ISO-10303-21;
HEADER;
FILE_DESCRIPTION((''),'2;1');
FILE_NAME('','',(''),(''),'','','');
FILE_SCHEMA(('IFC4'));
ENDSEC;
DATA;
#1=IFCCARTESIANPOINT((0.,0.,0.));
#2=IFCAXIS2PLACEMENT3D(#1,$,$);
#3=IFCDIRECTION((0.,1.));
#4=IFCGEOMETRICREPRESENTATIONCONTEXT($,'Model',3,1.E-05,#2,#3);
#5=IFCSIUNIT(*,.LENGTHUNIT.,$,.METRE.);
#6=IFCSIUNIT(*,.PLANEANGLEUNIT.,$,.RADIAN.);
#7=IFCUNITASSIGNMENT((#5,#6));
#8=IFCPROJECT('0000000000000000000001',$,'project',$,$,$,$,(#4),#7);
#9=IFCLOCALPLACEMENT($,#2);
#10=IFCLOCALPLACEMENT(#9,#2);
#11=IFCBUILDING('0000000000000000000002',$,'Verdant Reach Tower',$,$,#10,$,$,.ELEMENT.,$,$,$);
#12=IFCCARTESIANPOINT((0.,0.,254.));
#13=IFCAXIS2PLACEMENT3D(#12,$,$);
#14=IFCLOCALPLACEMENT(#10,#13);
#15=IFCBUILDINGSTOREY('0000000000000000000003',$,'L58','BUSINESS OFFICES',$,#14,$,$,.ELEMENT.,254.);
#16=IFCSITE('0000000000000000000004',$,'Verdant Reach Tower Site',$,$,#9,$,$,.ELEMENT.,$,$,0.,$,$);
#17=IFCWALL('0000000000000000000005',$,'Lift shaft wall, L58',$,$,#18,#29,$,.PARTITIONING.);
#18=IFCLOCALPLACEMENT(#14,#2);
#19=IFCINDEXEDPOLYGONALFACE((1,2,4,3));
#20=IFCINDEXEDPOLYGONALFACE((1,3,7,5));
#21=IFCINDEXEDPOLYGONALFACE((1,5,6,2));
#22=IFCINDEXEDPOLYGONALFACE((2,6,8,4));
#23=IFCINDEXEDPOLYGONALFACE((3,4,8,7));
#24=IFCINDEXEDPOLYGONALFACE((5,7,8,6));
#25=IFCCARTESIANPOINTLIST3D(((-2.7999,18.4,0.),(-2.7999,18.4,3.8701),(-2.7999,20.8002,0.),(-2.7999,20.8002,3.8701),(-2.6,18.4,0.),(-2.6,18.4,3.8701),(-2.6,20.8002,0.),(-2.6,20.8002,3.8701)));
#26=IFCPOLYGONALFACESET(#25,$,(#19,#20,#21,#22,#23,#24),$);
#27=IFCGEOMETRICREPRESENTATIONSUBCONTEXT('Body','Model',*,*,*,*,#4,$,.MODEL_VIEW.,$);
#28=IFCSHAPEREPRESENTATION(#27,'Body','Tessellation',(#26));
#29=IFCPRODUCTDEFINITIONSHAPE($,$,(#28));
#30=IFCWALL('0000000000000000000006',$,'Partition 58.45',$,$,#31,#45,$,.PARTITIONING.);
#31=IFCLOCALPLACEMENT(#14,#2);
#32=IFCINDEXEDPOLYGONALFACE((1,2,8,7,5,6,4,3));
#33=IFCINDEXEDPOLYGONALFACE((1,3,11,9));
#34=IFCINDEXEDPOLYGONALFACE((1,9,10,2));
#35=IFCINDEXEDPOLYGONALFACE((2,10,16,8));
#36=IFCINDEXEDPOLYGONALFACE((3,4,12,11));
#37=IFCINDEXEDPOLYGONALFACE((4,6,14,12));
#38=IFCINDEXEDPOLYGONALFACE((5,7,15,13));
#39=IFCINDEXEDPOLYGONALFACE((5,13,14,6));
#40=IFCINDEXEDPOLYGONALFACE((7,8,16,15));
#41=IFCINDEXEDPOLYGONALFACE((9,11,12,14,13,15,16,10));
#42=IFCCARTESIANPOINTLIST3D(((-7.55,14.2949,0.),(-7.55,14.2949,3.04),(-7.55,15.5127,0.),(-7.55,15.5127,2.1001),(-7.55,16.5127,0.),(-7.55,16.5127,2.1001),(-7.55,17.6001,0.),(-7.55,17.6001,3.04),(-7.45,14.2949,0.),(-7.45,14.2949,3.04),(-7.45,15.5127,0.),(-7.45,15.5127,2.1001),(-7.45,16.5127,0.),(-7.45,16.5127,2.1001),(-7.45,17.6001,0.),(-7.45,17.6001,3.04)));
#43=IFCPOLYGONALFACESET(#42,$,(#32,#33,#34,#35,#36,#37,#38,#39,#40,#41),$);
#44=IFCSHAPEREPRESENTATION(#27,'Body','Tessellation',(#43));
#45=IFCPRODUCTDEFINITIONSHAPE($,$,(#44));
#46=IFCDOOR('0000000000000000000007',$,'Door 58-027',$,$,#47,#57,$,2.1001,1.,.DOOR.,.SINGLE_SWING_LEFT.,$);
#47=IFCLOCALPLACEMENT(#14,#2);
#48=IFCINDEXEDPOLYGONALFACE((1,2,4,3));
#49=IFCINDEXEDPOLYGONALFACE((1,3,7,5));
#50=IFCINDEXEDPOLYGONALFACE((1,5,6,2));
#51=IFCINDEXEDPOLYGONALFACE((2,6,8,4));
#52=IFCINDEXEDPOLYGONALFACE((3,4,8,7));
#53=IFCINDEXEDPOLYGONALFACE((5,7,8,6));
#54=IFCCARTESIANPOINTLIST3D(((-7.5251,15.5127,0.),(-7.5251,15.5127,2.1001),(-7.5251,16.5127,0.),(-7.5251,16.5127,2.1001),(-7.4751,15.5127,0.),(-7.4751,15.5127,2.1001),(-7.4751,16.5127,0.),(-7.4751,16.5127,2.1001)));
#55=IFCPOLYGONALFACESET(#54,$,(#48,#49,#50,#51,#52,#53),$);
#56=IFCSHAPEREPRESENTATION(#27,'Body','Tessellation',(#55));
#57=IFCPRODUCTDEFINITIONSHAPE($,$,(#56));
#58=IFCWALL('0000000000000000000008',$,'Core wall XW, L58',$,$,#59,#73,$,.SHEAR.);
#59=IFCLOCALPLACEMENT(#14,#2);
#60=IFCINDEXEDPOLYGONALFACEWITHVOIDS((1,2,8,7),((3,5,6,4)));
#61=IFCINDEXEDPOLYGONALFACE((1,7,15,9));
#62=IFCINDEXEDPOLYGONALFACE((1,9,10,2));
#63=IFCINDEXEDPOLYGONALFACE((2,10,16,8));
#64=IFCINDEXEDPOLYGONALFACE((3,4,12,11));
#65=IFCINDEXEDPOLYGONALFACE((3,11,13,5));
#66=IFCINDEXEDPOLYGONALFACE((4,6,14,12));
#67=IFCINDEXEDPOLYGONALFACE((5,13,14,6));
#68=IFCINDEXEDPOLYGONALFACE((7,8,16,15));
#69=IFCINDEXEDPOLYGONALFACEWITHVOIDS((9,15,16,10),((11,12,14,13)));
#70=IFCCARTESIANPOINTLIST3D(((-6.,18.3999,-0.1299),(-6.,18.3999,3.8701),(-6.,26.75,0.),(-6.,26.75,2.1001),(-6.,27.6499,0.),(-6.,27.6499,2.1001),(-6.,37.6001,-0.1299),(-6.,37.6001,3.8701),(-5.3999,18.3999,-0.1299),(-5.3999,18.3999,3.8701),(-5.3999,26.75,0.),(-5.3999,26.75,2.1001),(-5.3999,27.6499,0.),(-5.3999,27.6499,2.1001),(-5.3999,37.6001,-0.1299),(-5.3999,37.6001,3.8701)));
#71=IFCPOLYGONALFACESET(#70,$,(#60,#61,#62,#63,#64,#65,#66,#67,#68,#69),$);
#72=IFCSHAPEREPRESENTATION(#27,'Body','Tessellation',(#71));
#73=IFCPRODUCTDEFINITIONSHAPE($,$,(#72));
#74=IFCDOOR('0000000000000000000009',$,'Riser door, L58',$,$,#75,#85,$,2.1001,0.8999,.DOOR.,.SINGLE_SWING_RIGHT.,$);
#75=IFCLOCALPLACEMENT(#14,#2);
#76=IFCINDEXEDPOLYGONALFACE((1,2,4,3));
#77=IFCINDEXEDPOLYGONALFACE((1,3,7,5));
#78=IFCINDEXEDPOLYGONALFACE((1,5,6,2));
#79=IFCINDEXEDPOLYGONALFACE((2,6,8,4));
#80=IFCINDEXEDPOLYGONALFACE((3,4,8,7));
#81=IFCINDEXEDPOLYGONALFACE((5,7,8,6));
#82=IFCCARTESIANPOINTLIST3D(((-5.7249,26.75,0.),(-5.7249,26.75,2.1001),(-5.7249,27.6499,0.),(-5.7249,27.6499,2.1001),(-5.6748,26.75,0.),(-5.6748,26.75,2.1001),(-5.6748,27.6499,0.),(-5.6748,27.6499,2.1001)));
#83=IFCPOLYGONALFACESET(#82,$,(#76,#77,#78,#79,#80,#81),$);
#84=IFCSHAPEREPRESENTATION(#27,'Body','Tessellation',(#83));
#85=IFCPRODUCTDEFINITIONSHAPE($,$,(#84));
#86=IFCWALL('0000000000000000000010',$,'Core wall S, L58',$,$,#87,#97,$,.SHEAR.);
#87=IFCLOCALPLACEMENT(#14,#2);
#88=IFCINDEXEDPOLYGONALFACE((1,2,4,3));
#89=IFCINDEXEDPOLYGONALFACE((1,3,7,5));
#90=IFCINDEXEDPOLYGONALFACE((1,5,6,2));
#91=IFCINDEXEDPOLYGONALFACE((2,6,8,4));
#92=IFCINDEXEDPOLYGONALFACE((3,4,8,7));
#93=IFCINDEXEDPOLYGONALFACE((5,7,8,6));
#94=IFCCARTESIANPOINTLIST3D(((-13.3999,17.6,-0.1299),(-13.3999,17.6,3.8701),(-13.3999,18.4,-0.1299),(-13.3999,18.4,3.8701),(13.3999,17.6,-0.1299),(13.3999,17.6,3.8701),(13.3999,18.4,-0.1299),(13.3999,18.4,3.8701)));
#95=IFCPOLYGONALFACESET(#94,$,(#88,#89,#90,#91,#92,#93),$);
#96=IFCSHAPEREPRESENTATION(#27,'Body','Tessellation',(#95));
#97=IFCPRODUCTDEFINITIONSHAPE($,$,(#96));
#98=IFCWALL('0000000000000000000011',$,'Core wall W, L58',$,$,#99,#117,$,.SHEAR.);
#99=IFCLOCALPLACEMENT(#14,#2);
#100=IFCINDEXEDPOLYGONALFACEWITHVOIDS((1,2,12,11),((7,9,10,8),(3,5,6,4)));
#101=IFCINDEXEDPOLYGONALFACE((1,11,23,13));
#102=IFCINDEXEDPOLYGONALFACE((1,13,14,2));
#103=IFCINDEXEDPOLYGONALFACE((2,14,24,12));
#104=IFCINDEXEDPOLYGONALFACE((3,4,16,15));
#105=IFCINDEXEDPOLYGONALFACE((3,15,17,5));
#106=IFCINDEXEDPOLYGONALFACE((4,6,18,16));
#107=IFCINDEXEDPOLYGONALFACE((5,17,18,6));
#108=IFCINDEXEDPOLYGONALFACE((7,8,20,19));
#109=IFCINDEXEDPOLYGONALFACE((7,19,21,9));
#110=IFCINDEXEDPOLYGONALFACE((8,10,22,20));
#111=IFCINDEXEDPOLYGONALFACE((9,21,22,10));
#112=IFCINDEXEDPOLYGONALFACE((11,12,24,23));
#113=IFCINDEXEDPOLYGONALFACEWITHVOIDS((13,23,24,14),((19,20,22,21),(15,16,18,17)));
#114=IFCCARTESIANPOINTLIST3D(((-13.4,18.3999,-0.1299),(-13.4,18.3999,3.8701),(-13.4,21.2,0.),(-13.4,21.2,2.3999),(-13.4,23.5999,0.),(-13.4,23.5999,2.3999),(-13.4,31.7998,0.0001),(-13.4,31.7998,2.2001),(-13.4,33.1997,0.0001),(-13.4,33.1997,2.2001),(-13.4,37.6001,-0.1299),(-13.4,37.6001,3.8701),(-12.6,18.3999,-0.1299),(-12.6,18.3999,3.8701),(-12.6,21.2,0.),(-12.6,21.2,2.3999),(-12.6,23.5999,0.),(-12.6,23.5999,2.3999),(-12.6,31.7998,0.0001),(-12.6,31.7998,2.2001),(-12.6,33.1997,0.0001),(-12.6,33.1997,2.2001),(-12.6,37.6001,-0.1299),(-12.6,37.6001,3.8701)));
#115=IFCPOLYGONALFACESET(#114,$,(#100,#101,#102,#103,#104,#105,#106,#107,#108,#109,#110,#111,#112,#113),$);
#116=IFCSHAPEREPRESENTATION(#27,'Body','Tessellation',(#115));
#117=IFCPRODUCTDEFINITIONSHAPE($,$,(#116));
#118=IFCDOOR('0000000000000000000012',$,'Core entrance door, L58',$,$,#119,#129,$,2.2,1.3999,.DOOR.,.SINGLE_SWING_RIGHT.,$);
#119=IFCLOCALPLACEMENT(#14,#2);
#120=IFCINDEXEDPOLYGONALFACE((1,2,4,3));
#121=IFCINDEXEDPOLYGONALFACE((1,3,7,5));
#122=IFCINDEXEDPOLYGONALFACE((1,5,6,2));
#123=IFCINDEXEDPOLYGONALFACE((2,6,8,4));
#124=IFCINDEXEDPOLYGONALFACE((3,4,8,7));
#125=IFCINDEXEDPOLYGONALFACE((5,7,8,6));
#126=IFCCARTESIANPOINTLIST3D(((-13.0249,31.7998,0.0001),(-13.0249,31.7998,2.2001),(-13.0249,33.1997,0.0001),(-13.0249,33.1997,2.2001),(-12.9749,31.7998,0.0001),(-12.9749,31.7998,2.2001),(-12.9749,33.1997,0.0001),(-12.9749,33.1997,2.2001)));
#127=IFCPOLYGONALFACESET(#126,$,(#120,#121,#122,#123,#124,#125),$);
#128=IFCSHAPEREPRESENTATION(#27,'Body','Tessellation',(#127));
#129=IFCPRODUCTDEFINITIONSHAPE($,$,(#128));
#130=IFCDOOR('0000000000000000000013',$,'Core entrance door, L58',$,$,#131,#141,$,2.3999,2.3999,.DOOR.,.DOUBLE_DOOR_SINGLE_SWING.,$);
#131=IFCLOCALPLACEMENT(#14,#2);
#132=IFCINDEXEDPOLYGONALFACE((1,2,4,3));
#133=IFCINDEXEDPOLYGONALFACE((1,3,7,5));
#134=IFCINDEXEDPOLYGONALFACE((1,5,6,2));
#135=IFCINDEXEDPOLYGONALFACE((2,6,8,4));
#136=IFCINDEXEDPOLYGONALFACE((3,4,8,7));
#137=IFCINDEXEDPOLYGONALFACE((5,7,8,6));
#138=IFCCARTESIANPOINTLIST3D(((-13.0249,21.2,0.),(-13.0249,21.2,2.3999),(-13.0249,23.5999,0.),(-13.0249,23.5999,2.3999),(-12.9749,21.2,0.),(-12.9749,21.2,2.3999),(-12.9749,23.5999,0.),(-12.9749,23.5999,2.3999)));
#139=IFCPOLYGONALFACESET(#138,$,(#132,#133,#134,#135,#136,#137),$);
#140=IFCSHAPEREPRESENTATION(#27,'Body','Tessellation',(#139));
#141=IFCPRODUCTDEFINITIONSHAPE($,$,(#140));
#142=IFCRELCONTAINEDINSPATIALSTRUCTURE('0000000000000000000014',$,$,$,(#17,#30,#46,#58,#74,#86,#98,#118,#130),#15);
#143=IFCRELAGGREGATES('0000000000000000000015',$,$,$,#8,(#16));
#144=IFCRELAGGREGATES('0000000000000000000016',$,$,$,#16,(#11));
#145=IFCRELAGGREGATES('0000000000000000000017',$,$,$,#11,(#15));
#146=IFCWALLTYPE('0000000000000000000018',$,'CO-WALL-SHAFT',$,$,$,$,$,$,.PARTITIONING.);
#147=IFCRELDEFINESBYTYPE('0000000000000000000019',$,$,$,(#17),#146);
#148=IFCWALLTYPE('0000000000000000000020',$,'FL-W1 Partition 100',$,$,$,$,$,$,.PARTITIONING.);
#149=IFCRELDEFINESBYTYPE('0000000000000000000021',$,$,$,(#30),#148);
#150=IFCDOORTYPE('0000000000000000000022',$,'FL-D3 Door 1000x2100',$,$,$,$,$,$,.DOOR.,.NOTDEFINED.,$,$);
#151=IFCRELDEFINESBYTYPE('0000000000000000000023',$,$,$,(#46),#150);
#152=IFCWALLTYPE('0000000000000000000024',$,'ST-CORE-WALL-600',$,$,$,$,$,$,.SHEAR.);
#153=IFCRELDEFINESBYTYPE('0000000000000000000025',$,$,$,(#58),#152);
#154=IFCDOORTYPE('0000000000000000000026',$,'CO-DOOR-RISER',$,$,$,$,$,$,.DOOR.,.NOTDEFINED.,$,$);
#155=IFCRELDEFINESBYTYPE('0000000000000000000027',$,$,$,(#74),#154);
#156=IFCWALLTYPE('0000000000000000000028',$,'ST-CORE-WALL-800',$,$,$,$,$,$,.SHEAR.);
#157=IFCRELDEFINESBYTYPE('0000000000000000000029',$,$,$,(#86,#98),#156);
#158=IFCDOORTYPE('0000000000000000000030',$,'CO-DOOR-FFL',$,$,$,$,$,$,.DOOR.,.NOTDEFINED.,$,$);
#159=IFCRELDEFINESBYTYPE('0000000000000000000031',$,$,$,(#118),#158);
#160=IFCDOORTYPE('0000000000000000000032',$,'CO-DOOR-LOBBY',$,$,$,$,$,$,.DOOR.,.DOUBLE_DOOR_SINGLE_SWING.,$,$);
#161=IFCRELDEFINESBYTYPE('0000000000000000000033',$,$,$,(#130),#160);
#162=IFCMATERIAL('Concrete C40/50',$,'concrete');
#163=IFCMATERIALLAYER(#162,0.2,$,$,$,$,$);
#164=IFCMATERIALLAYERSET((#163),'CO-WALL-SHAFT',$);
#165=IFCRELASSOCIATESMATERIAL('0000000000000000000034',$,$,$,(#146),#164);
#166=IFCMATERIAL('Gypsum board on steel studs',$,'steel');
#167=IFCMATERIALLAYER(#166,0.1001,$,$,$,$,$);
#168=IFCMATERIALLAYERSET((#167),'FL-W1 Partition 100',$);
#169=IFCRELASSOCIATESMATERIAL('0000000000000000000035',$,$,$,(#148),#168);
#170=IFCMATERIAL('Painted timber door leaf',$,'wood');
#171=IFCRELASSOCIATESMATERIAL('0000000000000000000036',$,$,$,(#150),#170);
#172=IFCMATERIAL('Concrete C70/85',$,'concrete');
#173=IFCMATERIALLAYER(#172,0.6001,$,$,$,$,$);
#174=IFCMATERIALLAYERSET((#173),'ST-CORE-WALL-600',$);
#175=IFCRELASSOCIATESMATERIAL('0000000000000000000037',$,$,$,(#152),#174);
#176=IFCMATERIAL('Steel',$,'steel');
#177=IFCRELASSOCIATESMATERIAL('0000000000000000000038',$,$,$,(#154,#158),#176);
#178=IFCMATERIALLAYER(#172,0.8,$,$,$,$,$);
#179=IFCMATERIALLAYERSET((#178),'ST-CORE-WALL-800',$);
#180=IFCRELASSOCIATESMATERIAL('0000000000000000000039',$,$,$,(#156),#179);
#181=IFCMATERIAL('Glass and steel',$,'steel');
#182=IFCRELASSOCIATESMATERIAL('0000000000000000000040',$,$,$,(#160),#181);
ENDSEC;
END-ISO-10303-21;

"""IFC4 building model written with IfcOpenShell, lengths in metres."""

from ifc_helpers import new_model, si_unit, direction, frame, frame_2d, origin, place, context, subcontext, project, spatial, rectangle, extrude, material, layer, layer_set, type_object, element, fill, save


model = new_model("IFC4")

# Units and contexts
model_context = context("Model", 3, precision=1e-05, world=origin(), true_north=direction((0.0, 1.0)))
body_context = subcontext(model_context, "Body", "Model", "MODEL_VIEW")
ifc_project = project(units=[si_unit("LENGTHUNIT", "METRE"), si_unit("PLANEANGLEUNIT", "RADIAN")], contexts=[model_context])

# Site, building, storey
site_placement = place(None, origin())
site = spatial("IfcSite", under=ifc_project, at=site_placement, Name="Verdant Reach Tower Site", CompositionType="ELEMENT", RefElevation=0.0)
building_placement = place(site_placement, origin())
building = spatial("IfcBuilding", under=site, at=building_placement, Name="Verdant Reach Tower", CompositionType="ELEMENT")
storey_placement = place(building_placement, frame((0.0, 0.0, 254.0)))
storey = spatial("IfcBuildingStorey", under=building, at=storey_placement, Name="L58", Description="BUSINESS OFFICES", CompositionType="ELEMENT", Elevation=254.0)

# Shared definitions
ifc_material_1 = material(Name="Gypsum board on steel studs", Category="steel")

# Shared definitions
ifc_material_2 = material(Name="Concrete C40/50", Category="concrete")
ifc_layer_1 = layer(ifc_material_2, 0.2)
ifc_layer_set_1 = layer_set([ifc_layer_1], Name="CO-WALL-SHAFT")
wall_type_1 = type_object("IfcWallType", Name="CO-WALL-SHAFT", PredefinedType="PARTITIONING", material=ifc_layer_set_1)

# Wall
wall_1_placement = place(storey_placement, frame((-2.7, 18.3999, 0.0), z_axis=(0.0, 0.0, 1.0), x_axis=(0.0, 1.0, 0.0)))
element("IfcWall", 1, at=wall_1_placement, inside=storey, type_object=wall_type_1, Name="Lift shaft wall, L58", PredefinedType="PARTITIONING", context=body_context, shape_type="SweptSolid", body=[
    extrude(rectangle(XDim=2.4001, YDim=0.2, at=frame_2d((1.2002, 0.0))), origin(), (0.0, 0.0, 1.0), 3.8701),
])

# Walls, openings, doors
ifc_layer_2 = layer(ifc_material_1, 0.1001)
ifc_layer_set_2 = layer_set([ifc_layer_2], Name="FL-W1 Partition 100")
wall_type_2 = type_object("IfcWallType", Name="FL-W1 Partition 100", PredefinedType="PARTITIONING", material=ifc_layer_set_2)
wall_2_placement = place(storey_placement, frame((-7.5, 17.6001, 0.0), z_axis=(0.0, 0.0, 1.0), x_axis=(0.0, -1.0, 0.0)))
wall_2 = element("IfcWall", 2, at=wall_2_placement, inside=storey, type_object=wall_type_2, Name="Partition 58.45", PredefinedType="PARTITIONING", context=body_context, shape_type="SweptSolid", body=[
    extrude(rectangle(XDim=3.3052, YDim=0.1001, at=frame_2d((1.6526, 0.0))), origin(), (0.0, 0.0, 1.0), 3.04),
])
opening_1_placement = place(wall_2_placement, frame((1.0874, 0.0, 0.0)))
opening_1 = element("IfcOpeningElement", 3, at=opening_1_placement, cuts=wall_2, PredefinedType="OPENING", context=body_context, shape_type="SweptSolid", body=[
    extrude(rectangle(XDim=1.0, YDim=2.1001, at=frame_2d((0.5, 1.05))), frame((0.0, 0.0601, 0.0), z_axis=(0.0, -1.0, 0.0), x_axis=(1.0, 0.0, 0.0)), (0.0, 0.0, 1.0), 0.1201),
])
ifc_material_3 = material(Name="Painted timber door leaf", Category="wood")
door_type_1 = type_object("IfcDoorType", Name="FL-D3 Door 1000x2100", OperationType="NOTDEFINED", PredefinedType="DOOR", material=ifc_material_3)
door_1_placement = place(opening_1_placement, origin())
door_1 = element("IfcDoor", 4, at=door_1_placement, inside=storey, type_object=door_type_1, Name="Door 58-027", OperationType="SINGLE_SWING_LEFT", OverallHeight=2.1001, OverallWidth=1.0, PredefinedType="DOOR", context=body_context, shape_type="SweptSolid", body=[
    extrude(rectangle(XDim=1.0, YDim=2.1001, at=frame_2d((0.5, 1.05))), frame((0.0, 0.0249, 0.0), z_axis=(0.0, -1.0, 0.0), x_axis=(1.0, 0.0, 0.0)), (0.0, 0.0, 1.0), 0.05),
])
fill(opening_1, door_1)
ifc_material_4 = material(Name="Concrete C70/85", Category="concrete")
ifc_layer_3 = layer(ifc_material_4, 0.6001)
ifc_layer_set_3 = layer_set([ifc_layer_3], Name="ST-CORE-WALL-600")
wall_type_3 = type_object("IfcWallType", Name="ST-CORE-WALL-600", PredefinedType="SHEAR", material=ifc_layer_set_3)
wall_3_placement = place(storey_placement, frame((-5.7, 18.3999, -0.1299), z_axis=(0.0, 0.0, 1.0), x_axis=(0.0, 1.0, 0.0)))
wall_3 = element("IfcWall", 5, at=wall_3_placement, inside=storey, type_object=wall_type_3, Name="Core wall XW, L58", PredefinedType="SHEAR", context=body_context, shape_type="SweptSolid", body=[
    extrude(rectangle(XDim=19.2002, YDim=0.6001, at=frame_2d((9.6001, 0.0))), origin(), (0.0, 0.0, 1.0), 4.0),
])
opening_2_placement = place(wall_3_placement, frame((8.3501, 0.0, 0.1299)))
opening_2 = element("IfcOpeningElement", 6, at=opening_2_placement, cuts=wall_3, PredefinedType="OPENING", context=body_context, shape_type="SweptSolid", body=[
    extrude(rectangle(XDim=0.8999, YDim=2.1001, at=frame_2d((0.45, 1.05))), frame((0.0, 0.3101, 0.0), z_axis=(0.0, -1.0, 0.0), x_axis=(1.0, 0.0, 0.0)), (0.0, 0.0, 1.0), 0.6201),
])
ifc_material_5 = material(Name="Steel", Category="steel")
door_type_2 = type_object("IfcDoorType", Name="CO-DOOR-RISER", OperationType="NOTDEFINED", PredefinedType="DOOR", material=ifc_material_5)
door_2_placement = place(opening_2_placement, origin())
door_2 = element("IfcDoor", 7, at=door_2_placement, inside=storey, type_object=door_type_2, Name="Riser door, L58", OperationType="SINGLE_SWING_RIGHT", OverallHeight=2.1001, OverallWidth=0.8999, PredefinedType="DOOR", context=body_context, shape_type="SweptSolid", body=[
    extrude(rectangle(XDim=0.8999, YDim=2.1001, at=frame_2d((0.45, 1.05))), frame((0.0, 0.0249, 0.0), z_axis=(0.0, -1.0, 0.0), x_axis=(1.0, 0.0, 0.0)), (0.0, 0.0, 1.0), 0.05),
])
fill(opening_2, door_2)

# Wall
ifc_layer_4 = layer(ifc_material_4, 0.8)
ifc_layer_set_4 = layer_set([ifc_layer_4], Name="ST-CORE-WALL-800")
wall_type_4 = type_object("IfcWallType", Name="ST-CORE-WALL-800", PredefinedType="SHEAR", material=ifc_layer_set_4)
wall_4_placement = place(storey_placement, frame((-13.3999, 18.0, -0.1299), z_axis=(0.0, 0.0, 1.0), x_axis=(1.0, 0.0, 0.0)))
element("IfcWall", 8, at=wall_4_placement, inside=storey, type_object=wall_type_4, Name="Core wall S, L58", PredefinedType="SHEAR", context=body_context, shape_type="SweptSolid", body=[
    extrude(rectangle(XDim=26.7998, YDim=0.8, at=frame_2d((13.3999, 0.0))), origin(), (0.0, 0.0, 1.0), 4.0),
])

# Wall, openings, doors
wall_5_placement = place(storey_placement, frame((-13.0, 18.3999, -0.1299), z_axis=(0.0, 0.0, 1.0), x_axis=(0.0, 1.0, 0.0)))
wall_5 = element("IfcWall", 9, at=wall_5_placement, inside=storey, type_object=wall_type_4, Name="Core wall W, L58", PredefinedType="SHEAR", context=body_context, shape_type="SweptSolid", body=[
    extrude(rectangle(XDim=19.2002, YDim=0.8, at=frame_2d((9.6001, 0.0))), origin(), (0.0, 0.0, 1.0), 4.0),
])
opening_3_placement = place(wall_5_placement, frame((2.8, 0.0, 0.1299)))
opening_3 = element("IfcOpeningElement", 10, at=opening_3_placement, cuts=wall_5, PredefinedType="OPENING", context=body_context, shape_type="SweptSolid", body=[
    extrude(rectangle(XDim=2.3999, YDim=2.3999, at=frame_2d((1.2, 1.2))), frame((0.0, 0.4099, 0.0), z_axis=(0.0, -1.0, 0.0), x_axis=(1.0, 0.0, 0.0)), (0.0, 0.0, 1.0), 0.8201),
])
opening_4_placement = place(wall_5_placement, frame((13.3999, 0.0, 0.1299)))
opening_4 = element("IfcOpeningElement", 11, at=opening_4_placement, cuts=wall_5, PredefinedType="OPENING", context=body_context, shape_type="SweptSolid", body=[
    extrude(rectangle(XDim=1.3999, YDim=2.2, at=frame_2d((0.7, 1.1001))), frame((0.0, 0.4099, 0.0), z_axis=(0.0, -1.0, 0.0), x_axis=(1.0, 0.0, 0.0)), (0.0, 0.0, 1.0), 0.8201),
])
door_type_3 = type_object("IfcDoorType", Name="CO-DOOR-FFL", OperationType="NOTDEFINED", PredefinedType="DOOR", material=ifc_material_5)
door_3_placement = place(opening_4_placement, origin())
door_3 = element("IfcDoor", 12, at=door_3_placement, inside=storey, type_object=door_type_3, Name="Core entrance door, L58", OperationType="SINGLE_SWING_RIGHT", OverallHeight=2.2, OverallWidth=1.3999, PredefinedType="DOOR", context=body_context, shape_type="SweptSolid", body=[
    extrude(rectangle(XDim=1.3999, YDim=2.2, at=frame_2d((0.7, 1.1001))), frame((0.0, 0.0249, 0.0), z_axis=(0.0, -1.0, 0.0), x_axis=(1.0, 0.0, 0.0)), (0.0, 0.0, 1.0), 0.05),
])
fill(opening_4, door_3)
ifc_material_6 = material(Name="Glass and steel", Category="steel")
door_type_4 = type_object("IfcDoorType", Name="CO-DOOR-LOBBY", OperationType="DOUBLE_DOOR_SINGLE_SWING", PredefinedType="DOOR", material=ifc_material_6)
door_4_placement = place(opening_3_placement, origin())
door_4 = element("IfcDoor", 13, at=door_4_placement, inside=storey, type_object=door_type_4, Name="Core entrance door, L58", OperationType="DOUBLE_DOOR_SINGLE_SWING", OverallHeight=2.3999, OverallWidth=2.3999, PredefinedType="DOOR", context=body_context, shape_type="SweptSolid", body=[
    extrude(rectangle(XDim=2.3999, YDim=2.3999, at=frame_2d((1.2, 1.2))), frame((0.0, 0.0249, 0.0), z_axis=(0.0, -1.0, 0.0), x_axis=(1.0, 0.0, 0.0)), (0.0, 0.0, 1.0), 0.05),
])
fill(opening_3, door_4)

save(model, "model.ifc")
